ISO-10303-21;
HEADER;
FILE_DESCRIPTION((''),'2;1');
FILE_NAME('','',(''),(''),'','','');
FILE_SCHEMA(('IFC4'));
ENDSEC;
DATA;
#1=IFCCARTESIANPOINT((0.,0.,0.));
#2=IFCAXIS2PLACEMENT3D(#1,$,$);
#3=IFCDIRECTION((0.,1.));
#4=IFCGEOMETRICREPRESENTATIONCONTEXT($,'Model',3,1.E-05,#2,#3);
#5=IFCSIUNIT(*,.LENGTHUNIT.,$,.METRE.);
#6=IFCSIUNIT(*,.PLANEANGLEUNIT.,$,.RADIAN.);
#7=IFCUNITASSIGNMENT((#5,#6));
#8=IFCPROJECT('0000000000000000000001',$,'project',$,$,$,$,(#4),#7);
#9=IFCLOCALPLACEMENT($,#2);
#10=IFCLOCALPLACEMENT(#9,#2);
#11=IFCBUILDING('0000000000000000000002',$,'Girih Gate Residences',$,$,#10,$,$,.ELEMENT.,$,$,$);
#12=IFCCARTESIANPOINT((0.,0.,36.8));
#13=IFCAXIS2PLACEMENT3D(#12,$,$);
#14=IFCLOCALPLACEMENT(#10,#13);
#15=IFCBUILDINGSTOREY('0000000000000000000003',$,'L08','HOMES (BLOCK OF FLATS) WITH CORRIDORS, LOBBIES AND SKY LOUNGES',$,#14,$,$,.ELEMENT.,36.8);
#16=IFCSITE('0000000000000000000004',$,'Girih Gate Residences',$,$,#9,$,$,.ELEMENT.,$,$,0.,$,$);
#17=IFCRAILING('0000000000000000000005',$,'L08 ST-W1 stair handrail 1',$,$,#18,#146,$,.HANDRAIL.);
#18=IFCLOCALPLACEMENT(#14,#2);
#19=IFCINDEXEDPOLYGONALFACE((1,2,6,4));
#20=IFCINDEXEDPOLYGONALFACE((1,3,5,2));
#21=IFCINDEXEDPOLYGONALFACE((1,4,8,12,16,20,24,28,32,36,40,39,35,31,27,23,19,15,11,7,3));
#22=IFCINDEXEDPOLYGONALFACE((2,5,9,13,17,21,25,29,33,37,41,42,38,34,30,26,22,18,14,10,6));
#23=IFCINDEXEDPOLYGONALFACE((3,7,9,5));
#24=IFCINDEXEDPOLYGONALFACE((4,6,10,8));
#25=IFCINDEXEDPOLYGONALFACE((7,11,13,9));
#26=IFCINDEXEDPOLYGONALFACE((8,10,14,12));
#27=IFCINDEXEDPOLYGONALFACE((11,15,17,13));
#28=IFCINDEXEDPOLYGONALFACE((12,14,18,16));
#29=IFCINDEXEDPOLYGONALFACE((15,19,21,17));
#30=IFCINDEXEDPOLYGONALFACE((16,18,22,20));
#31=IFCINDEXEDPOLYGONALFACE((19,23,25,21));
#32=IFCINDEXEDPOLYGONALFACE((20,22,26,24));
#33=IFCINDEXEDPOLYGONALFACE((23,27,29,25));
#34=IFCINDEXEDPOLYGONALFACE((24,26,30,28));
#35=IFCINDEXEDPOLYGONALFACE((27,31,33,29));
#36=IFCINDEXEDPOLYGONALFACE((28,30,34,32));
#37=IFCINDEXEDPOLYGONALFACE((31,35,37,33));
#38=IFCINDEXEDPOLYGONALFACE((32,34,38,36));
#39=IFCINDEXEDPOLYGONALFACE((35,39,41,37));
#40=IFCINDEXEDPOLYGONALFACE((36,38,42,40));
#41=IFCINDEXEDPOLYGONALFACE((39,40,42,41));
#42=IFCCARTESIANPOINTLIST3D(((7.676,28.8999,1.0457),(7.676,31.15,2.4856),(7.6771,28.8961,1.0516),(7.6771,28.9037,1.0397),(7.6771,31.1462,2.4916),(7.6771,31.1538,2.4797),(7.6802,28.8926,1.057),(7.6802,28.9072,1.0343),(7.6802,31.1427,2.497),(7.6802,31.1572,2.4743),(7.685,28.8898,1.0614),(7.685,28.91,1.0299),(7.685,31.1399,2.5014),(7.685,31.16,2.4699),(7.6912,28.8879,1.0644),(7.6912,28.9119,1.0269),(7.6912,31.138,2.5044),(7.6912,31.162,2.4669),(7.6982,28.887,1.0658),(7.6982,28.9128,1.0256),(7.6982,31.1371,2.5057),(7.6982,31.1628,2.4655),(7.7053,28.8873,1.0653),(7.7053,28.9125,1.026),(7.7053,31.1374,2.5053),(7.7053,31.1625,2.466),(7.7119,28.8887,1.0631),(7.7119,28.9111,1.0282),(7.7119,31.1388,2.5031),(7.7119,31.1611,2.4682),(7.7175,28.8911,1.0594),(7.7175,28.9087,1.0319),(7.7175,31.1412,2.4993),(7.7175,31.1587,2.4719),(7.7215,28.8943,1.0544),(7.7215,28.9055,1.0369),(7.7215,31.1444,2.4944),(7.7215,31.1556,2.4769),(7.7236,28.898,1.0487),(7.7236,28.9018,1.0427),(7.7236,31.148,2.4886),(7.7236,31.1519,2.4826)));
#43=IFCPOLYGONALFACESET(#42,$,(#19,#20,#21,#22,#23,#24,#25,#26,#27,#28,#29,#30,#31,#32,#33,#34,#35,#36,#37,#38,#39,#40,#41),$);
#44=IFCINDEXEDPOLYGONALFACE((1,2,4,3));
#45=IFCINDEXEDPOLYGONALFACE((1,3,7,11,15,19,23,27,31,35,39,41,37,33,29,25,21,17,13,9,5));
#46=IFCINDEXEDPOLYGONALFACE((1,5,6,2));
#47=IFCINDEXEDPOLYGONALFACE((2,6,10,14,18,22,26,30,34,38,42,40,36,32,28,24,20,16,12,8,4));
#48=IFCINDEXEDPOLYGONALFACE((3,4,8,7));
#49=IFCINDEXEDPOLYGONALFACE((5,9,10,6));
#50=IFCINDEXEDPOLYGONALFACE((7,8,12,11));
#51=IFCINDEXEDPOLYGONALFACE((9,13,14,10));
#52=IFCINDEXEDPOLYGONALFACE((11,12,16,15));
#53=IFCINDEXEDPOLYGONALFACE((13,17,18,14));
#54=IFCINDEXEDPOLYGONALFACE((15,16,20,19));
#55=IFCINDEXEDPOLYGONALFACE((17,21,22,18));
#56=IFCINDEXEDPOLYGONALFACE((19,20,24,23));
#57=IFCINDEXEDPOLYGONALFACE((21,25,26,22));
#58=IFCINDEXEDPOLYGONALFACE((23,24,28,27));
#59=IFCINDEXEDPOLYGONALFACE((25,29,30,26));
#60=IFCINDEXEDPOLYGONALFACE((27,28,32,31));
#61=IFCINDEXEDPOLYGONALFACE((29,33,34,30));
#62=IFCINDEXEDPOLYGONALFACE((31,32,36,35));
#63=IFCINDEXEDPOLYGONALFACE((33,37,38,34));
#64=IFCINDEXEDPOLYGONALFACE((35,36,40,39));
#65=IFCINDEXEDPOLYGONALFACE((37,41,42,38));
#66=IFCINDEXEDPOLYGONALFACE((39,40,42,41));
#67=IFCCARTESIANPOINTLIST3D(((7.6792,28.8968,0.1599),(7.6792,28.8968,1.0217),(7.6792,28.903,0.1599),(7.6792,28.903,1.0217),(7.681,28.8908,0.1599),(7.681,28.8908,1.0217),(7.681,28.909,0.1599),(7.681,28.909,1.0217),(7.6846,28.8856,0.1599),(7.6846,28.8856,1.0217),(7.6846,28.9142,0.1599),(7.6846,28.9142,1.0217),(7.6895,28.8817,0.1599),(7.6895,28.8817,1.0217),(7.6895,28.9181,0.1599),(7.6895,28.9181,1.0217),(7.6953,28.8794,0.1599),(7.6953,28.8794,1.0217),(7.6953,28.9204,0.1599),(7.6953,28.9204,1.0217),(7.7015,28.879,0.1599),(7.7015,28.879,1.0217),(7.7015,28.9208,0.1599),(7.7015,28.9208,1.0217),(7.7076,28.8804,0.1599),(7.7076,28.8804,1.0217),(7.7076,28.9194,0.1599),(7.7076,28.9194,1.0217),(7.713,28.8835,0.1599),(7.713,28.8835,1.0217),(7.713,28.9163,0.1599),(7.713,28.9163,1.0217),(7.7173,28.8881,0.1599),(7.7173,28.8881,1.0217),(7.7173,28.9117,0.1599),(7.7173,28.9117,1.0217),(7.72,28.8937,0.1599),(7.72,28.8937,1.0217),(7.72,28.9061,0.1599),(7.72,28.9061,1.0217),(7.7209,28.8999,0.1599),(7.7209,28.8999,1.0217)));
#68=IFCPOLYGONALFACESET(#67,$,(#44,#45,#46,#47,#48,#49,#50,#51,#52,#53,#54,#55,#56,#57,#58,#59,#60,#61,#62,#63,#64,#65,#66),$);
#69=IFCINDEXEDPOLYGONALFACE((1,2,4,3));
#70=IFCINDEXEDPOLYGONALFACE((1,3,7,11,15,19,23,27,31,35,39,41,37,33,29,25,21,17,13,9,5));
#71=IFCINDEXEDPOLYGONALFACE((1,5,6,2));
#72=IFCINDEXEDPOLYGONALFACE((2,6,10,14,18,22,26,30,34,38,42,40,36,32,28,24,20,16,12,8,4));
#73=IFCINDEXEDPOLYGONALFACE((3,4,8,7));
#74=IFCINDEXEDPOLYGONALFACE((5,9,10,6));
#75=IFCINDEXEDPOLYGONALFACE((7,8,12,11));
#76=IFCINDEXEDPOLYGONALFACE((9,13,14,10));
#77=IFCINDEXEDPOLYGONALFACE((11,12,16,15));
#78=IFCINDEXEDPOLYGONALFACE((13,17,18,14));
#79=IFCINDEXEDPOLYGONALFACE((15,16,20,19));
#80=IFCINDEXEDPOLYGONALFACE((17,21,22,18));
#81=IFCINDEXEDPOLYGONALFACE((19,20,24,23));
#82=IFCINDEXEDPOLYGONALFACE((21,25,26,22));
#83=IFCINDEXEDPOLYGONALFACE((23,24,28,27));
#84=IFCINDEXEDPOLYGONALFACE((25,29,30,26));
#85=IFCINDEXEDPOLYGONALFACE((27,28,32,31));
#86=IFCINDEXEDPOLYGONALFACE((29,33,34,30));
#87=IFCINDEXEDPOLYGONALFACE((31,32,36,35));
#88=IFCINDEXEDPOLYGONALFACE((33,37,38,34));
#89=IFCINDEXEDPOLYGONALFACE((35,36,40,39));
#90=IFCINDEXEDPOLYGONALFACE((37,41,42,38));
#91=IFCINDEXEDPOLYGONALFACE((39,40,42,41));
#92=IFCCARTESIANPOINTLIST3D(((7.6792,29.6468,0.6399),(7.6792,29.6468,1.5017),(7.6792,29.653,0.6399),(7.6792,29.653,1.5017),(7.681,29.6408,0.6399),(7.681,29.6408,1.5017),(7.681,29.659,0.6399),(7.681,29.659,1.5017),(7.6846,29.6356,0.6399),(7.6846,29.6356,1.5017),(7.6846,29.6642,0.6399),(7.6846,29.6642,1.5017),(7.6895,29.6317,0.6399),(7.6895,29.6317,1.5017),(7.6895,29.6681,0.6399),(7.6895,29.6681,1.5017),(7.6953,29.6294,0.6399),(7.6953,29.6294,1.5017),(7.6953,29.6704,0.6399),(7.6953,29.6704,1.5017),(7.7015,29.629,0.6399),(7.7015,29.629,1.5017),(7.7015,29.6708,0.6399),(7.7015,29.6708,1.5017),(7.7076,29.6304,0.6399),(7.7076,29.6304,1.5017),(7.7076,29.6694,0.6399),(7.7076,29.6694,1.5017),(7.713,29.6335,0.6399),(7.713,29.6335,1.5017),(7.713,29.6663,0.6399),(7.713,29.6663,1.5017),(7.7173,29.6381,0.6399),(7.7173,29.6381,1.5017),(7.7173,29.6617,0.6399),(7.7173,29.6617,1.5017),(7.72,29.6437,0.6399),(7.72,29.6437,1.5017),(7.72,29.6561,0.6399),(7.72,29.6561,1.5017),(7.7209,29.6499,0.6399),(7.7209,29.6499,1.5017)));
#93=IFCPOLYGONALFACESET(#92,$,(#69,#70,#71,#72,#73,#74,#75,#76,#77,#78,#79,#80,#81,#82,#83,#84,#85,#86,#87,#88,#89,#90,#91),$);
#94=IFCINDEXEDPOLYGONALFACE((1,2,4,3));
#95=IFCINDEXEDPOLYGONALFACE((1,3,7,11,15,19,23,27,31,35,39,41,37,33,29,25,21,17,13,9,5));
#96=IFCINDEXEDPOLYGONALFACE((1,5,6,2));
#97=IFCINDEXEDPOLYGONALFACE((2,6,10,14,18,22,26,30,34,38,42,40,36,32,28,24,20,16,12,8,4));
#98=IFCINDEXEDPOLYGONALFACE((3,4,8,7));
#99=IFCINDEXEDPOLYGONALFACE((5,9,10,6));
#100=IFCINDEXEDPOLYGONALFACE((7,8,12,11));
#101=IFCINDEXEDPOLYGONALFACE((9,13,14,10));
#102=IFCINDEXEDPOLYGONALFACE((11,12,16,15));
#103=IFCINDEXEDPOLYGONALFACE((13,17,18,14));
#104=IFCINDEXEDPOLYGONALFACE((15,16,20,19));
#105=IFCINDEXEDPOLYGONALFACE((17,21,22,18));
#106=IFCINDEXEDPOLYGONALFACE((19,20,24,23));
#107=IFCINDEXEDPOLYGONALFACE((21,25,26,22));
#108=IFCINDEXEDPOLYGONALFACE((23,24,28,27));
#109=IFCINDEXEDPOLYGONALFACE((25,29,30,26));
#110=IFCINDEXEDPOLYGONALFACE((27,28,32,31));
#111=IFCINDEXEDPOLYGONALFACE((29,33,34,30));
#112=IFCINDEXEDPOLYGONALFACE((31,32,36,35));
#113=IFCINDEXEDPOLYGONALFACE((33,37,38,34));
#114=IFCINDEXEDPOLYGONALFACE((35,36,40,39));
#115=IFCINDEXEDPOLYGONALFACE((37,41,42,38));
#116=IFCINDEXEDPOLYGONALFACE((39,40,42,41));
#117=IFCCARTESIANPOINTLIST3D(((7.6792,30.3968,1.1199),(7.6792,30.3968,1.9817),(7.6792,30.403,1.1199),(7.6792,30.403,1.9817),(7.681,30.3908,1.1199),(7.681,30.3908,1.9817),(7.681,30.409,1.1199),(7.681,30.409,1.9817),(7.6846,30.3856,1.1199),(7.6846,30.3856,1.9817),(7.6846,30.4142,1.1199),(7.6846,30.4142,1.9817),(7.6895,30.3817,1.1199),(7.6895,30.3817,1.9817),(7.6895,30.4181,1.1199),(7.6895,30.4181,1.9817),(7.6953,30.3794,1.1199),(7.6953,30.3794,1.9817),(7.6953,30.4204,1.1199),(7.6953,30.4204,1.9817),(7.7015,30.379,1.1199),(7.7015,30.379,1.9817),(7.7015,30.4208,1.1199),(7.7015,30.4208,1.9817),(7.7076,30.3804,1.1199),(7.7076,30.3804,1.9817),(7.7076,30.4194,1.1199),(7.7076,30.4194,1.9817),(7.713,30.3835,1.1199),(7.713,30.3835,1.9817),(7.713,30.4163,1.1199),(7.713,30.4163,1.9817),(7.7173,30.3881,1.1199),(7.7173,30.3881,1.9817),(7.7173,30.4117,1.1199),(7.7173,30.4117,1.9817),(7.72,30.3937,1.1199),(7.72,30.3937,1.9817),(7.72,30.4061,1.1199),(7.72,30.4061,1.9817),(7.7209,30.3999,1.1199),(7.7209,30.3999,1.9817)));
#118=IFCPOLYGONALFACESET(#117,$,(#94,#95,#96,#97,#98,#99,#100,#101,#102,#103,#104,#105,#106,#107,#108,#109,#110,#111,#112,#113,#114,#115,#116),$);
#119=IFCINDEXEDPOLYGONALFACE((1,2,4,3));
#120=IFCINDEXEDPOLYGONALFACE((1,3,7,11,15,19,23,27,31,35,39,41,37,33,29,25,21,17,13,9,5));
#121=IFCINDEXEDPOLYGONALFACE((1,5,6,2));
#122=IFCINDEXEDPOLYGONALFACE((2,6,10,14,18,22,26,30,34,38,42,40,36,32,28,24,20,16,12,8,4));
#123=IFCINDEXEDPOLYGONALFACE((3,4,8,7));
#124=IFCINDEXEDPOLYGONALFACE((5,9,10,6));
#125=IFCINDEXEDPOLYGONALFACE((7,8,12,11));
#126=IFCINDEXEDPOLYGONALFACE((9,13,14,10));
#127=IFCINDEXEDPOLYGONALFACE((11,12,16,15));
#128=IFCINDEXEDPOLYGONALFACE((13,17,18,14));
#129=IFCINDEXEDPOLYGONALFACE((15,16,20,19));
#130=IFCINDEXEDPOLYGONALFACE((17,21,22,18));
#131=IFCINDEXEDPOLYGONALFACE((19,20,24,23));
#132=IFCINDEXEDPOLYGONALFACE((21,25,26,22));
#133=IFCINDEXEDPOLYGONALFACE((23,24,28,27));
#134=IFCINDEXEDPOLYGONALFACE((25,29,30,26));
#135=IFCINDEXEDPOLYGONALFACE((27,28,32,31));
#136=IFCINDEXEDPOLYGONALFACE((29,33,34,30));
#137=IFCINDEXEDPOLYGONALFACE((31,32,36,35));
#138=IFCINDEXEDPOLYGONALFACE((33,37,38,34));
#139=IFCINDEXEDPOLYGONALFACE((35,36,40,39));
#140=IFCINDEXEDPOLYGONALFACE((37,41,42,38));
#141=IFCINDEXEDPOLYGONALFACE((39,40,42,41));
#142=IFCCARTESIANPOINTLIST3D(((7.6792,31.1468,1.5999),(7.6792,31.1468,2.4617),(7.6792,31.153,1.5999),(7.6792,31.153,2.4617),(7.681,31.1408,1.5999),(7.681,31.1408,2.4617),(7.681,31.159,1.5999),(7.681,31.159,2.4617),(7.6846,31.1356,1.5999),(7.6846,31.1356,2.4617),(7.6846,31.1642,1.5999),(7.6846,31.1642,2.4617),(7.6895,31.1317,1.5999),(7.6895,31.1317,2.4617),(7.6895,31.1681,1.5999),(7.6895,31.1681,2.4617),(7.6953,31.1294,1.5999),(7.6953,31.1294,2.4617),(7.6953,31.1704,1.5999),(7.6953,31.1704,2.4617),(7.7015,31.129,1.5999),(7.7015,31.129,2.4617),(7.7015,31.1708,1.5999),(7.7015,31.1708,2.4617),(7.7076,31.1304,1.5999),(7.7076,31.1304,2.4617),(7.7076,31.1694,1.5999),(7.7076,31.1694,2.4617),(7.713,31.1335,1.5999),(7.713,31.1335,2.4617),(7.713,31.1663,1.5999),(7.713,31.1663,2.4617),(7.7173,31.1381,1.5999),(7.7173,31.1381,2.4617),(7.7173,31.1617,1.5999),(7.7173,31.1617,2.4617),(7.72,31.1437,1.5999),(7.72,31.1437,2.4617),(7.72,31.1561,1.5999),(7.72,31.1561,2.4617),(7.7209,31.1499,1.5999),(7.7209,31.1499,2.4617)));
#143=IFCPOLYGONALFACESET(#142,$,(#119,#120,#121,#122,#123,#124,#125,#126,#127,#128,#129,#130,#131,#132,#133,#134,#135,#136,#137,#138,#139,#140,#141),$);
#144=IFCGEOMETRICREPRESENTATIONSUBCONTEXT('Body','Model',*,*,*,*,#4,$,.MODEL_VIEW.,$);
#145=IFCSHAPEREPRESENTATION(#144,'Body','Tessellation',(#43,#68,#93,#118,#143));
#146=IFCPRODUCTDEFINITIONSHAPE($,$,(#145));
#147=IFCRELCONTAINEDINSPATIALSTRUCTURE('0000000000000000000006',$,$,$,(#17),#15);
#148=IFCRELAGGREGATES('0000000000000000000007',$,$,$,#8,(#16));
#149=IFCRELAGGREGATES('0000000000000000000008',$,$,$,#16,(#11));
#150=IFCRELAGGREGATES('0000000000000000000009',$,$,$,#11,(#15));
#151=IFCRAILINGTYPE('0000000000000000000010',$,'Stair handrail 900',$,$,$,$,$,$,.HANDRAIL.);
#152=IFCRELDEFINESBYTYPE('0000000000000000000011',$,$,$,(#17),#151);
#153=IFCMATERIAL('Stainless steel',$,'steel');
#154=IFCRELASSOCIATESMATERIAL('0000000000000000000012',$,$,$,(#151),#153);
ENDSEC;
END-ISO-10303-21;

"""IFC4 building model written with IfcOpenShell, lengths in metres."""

from ifc_helpers import new_model, si_unit, direction, frame, origin, origin_2d, place, context, subcontext, project, spatial, circle, extrude, material, type_object, element, save


model = new_model("IFC4")

# Units and contexts
model_context = context("Model", 3, precision=1e-05, world=origin(), true_north=direction((0.0, 1.0)))
body_context = subcontext(model_context, "Body", "Model", "MODEL_VIEW")
ifc_project = project(units=[si_unit("LENGTHUNIT", "METRE"), si_unit("PLANEANGLEUNIT", "RADIAN")], contexts=[model_context])

# Site, building, storey
site_placement = place(None, origin())
site = spatial("IfcSite", under=ifc_project, at=site_placement, Name="Girih Gate Residences", CompositionType="ELEMENT", RefElevation=0.0)
building_placement = place(site_placement, origin())
building = spatial("IfcBuilding", under=site, at=building_placement, Name="Girih Gate Residences", CompositionType="ELEMENT")
storey_placement = place(building_placement, frame((0.0, 0.0, 36.8)))
storey = spatial("IfcBuildingStorey", under=building, at=storey_placement, Name="L08", Description="HOMES (BLOCK OF FLATS) WITH CORRIDORS, LOBBIES AND SKY LOUNGES", CompositionType="ELEMENT", Elevation=36.8)

# Railing
ifc_material_1 = material(Name="Stainless steel", Category="steel")
railing_type_1 = type_object("IfcRailingType", Name="Stair handrail 900", PredefinedType="HANDRAIL", material=ifc_material_1)
railing_1_placement = place(storey_placement, frame((7.7, 28.8999, 0.1599)))
element("IfcRailing", 1, at=railing_1_placement, inside=storey, type_object=railing_type_1, Name="L08 ST-W1 stair handrail 1", PredefinedType="HANDRAIL", context=body_context, shape_type="SweptSolid", body=[
    extrude(circle(Radius=0.0239, at=origin_2d()), frame((0.0, 0.0, 0.8857), z_axis=(0.0, 0.842281, 0.539038), x_axis=(-1.0, 0.0, 0.0)), (0.0, 0.0, 1.0), 2.6714),
    extrude(circle(Radius=0.021, at=origin_2d()), origin(), (0.0, 0.0, 1.0), 0.8618),
    extrude(circle(Radius=0.021, at=origin_2d()), frame((0.0, 0.75, 0.48)), (0.0, 0.0, 1.0), 0.8618),
    extrude(circle(Radius=0.021, at=origin_2d()), frame((0.0, 1.5, 0.96)), (0.0, 0.0, 1.0), 0.8618),
    extrude(circle(Radius=0.021, at=origin_2d()), frame((0.0, 2.25, 1.4399)), (0.0, 0.0, 1.0), 0.8618),
])

save(model, "model.ifc")
